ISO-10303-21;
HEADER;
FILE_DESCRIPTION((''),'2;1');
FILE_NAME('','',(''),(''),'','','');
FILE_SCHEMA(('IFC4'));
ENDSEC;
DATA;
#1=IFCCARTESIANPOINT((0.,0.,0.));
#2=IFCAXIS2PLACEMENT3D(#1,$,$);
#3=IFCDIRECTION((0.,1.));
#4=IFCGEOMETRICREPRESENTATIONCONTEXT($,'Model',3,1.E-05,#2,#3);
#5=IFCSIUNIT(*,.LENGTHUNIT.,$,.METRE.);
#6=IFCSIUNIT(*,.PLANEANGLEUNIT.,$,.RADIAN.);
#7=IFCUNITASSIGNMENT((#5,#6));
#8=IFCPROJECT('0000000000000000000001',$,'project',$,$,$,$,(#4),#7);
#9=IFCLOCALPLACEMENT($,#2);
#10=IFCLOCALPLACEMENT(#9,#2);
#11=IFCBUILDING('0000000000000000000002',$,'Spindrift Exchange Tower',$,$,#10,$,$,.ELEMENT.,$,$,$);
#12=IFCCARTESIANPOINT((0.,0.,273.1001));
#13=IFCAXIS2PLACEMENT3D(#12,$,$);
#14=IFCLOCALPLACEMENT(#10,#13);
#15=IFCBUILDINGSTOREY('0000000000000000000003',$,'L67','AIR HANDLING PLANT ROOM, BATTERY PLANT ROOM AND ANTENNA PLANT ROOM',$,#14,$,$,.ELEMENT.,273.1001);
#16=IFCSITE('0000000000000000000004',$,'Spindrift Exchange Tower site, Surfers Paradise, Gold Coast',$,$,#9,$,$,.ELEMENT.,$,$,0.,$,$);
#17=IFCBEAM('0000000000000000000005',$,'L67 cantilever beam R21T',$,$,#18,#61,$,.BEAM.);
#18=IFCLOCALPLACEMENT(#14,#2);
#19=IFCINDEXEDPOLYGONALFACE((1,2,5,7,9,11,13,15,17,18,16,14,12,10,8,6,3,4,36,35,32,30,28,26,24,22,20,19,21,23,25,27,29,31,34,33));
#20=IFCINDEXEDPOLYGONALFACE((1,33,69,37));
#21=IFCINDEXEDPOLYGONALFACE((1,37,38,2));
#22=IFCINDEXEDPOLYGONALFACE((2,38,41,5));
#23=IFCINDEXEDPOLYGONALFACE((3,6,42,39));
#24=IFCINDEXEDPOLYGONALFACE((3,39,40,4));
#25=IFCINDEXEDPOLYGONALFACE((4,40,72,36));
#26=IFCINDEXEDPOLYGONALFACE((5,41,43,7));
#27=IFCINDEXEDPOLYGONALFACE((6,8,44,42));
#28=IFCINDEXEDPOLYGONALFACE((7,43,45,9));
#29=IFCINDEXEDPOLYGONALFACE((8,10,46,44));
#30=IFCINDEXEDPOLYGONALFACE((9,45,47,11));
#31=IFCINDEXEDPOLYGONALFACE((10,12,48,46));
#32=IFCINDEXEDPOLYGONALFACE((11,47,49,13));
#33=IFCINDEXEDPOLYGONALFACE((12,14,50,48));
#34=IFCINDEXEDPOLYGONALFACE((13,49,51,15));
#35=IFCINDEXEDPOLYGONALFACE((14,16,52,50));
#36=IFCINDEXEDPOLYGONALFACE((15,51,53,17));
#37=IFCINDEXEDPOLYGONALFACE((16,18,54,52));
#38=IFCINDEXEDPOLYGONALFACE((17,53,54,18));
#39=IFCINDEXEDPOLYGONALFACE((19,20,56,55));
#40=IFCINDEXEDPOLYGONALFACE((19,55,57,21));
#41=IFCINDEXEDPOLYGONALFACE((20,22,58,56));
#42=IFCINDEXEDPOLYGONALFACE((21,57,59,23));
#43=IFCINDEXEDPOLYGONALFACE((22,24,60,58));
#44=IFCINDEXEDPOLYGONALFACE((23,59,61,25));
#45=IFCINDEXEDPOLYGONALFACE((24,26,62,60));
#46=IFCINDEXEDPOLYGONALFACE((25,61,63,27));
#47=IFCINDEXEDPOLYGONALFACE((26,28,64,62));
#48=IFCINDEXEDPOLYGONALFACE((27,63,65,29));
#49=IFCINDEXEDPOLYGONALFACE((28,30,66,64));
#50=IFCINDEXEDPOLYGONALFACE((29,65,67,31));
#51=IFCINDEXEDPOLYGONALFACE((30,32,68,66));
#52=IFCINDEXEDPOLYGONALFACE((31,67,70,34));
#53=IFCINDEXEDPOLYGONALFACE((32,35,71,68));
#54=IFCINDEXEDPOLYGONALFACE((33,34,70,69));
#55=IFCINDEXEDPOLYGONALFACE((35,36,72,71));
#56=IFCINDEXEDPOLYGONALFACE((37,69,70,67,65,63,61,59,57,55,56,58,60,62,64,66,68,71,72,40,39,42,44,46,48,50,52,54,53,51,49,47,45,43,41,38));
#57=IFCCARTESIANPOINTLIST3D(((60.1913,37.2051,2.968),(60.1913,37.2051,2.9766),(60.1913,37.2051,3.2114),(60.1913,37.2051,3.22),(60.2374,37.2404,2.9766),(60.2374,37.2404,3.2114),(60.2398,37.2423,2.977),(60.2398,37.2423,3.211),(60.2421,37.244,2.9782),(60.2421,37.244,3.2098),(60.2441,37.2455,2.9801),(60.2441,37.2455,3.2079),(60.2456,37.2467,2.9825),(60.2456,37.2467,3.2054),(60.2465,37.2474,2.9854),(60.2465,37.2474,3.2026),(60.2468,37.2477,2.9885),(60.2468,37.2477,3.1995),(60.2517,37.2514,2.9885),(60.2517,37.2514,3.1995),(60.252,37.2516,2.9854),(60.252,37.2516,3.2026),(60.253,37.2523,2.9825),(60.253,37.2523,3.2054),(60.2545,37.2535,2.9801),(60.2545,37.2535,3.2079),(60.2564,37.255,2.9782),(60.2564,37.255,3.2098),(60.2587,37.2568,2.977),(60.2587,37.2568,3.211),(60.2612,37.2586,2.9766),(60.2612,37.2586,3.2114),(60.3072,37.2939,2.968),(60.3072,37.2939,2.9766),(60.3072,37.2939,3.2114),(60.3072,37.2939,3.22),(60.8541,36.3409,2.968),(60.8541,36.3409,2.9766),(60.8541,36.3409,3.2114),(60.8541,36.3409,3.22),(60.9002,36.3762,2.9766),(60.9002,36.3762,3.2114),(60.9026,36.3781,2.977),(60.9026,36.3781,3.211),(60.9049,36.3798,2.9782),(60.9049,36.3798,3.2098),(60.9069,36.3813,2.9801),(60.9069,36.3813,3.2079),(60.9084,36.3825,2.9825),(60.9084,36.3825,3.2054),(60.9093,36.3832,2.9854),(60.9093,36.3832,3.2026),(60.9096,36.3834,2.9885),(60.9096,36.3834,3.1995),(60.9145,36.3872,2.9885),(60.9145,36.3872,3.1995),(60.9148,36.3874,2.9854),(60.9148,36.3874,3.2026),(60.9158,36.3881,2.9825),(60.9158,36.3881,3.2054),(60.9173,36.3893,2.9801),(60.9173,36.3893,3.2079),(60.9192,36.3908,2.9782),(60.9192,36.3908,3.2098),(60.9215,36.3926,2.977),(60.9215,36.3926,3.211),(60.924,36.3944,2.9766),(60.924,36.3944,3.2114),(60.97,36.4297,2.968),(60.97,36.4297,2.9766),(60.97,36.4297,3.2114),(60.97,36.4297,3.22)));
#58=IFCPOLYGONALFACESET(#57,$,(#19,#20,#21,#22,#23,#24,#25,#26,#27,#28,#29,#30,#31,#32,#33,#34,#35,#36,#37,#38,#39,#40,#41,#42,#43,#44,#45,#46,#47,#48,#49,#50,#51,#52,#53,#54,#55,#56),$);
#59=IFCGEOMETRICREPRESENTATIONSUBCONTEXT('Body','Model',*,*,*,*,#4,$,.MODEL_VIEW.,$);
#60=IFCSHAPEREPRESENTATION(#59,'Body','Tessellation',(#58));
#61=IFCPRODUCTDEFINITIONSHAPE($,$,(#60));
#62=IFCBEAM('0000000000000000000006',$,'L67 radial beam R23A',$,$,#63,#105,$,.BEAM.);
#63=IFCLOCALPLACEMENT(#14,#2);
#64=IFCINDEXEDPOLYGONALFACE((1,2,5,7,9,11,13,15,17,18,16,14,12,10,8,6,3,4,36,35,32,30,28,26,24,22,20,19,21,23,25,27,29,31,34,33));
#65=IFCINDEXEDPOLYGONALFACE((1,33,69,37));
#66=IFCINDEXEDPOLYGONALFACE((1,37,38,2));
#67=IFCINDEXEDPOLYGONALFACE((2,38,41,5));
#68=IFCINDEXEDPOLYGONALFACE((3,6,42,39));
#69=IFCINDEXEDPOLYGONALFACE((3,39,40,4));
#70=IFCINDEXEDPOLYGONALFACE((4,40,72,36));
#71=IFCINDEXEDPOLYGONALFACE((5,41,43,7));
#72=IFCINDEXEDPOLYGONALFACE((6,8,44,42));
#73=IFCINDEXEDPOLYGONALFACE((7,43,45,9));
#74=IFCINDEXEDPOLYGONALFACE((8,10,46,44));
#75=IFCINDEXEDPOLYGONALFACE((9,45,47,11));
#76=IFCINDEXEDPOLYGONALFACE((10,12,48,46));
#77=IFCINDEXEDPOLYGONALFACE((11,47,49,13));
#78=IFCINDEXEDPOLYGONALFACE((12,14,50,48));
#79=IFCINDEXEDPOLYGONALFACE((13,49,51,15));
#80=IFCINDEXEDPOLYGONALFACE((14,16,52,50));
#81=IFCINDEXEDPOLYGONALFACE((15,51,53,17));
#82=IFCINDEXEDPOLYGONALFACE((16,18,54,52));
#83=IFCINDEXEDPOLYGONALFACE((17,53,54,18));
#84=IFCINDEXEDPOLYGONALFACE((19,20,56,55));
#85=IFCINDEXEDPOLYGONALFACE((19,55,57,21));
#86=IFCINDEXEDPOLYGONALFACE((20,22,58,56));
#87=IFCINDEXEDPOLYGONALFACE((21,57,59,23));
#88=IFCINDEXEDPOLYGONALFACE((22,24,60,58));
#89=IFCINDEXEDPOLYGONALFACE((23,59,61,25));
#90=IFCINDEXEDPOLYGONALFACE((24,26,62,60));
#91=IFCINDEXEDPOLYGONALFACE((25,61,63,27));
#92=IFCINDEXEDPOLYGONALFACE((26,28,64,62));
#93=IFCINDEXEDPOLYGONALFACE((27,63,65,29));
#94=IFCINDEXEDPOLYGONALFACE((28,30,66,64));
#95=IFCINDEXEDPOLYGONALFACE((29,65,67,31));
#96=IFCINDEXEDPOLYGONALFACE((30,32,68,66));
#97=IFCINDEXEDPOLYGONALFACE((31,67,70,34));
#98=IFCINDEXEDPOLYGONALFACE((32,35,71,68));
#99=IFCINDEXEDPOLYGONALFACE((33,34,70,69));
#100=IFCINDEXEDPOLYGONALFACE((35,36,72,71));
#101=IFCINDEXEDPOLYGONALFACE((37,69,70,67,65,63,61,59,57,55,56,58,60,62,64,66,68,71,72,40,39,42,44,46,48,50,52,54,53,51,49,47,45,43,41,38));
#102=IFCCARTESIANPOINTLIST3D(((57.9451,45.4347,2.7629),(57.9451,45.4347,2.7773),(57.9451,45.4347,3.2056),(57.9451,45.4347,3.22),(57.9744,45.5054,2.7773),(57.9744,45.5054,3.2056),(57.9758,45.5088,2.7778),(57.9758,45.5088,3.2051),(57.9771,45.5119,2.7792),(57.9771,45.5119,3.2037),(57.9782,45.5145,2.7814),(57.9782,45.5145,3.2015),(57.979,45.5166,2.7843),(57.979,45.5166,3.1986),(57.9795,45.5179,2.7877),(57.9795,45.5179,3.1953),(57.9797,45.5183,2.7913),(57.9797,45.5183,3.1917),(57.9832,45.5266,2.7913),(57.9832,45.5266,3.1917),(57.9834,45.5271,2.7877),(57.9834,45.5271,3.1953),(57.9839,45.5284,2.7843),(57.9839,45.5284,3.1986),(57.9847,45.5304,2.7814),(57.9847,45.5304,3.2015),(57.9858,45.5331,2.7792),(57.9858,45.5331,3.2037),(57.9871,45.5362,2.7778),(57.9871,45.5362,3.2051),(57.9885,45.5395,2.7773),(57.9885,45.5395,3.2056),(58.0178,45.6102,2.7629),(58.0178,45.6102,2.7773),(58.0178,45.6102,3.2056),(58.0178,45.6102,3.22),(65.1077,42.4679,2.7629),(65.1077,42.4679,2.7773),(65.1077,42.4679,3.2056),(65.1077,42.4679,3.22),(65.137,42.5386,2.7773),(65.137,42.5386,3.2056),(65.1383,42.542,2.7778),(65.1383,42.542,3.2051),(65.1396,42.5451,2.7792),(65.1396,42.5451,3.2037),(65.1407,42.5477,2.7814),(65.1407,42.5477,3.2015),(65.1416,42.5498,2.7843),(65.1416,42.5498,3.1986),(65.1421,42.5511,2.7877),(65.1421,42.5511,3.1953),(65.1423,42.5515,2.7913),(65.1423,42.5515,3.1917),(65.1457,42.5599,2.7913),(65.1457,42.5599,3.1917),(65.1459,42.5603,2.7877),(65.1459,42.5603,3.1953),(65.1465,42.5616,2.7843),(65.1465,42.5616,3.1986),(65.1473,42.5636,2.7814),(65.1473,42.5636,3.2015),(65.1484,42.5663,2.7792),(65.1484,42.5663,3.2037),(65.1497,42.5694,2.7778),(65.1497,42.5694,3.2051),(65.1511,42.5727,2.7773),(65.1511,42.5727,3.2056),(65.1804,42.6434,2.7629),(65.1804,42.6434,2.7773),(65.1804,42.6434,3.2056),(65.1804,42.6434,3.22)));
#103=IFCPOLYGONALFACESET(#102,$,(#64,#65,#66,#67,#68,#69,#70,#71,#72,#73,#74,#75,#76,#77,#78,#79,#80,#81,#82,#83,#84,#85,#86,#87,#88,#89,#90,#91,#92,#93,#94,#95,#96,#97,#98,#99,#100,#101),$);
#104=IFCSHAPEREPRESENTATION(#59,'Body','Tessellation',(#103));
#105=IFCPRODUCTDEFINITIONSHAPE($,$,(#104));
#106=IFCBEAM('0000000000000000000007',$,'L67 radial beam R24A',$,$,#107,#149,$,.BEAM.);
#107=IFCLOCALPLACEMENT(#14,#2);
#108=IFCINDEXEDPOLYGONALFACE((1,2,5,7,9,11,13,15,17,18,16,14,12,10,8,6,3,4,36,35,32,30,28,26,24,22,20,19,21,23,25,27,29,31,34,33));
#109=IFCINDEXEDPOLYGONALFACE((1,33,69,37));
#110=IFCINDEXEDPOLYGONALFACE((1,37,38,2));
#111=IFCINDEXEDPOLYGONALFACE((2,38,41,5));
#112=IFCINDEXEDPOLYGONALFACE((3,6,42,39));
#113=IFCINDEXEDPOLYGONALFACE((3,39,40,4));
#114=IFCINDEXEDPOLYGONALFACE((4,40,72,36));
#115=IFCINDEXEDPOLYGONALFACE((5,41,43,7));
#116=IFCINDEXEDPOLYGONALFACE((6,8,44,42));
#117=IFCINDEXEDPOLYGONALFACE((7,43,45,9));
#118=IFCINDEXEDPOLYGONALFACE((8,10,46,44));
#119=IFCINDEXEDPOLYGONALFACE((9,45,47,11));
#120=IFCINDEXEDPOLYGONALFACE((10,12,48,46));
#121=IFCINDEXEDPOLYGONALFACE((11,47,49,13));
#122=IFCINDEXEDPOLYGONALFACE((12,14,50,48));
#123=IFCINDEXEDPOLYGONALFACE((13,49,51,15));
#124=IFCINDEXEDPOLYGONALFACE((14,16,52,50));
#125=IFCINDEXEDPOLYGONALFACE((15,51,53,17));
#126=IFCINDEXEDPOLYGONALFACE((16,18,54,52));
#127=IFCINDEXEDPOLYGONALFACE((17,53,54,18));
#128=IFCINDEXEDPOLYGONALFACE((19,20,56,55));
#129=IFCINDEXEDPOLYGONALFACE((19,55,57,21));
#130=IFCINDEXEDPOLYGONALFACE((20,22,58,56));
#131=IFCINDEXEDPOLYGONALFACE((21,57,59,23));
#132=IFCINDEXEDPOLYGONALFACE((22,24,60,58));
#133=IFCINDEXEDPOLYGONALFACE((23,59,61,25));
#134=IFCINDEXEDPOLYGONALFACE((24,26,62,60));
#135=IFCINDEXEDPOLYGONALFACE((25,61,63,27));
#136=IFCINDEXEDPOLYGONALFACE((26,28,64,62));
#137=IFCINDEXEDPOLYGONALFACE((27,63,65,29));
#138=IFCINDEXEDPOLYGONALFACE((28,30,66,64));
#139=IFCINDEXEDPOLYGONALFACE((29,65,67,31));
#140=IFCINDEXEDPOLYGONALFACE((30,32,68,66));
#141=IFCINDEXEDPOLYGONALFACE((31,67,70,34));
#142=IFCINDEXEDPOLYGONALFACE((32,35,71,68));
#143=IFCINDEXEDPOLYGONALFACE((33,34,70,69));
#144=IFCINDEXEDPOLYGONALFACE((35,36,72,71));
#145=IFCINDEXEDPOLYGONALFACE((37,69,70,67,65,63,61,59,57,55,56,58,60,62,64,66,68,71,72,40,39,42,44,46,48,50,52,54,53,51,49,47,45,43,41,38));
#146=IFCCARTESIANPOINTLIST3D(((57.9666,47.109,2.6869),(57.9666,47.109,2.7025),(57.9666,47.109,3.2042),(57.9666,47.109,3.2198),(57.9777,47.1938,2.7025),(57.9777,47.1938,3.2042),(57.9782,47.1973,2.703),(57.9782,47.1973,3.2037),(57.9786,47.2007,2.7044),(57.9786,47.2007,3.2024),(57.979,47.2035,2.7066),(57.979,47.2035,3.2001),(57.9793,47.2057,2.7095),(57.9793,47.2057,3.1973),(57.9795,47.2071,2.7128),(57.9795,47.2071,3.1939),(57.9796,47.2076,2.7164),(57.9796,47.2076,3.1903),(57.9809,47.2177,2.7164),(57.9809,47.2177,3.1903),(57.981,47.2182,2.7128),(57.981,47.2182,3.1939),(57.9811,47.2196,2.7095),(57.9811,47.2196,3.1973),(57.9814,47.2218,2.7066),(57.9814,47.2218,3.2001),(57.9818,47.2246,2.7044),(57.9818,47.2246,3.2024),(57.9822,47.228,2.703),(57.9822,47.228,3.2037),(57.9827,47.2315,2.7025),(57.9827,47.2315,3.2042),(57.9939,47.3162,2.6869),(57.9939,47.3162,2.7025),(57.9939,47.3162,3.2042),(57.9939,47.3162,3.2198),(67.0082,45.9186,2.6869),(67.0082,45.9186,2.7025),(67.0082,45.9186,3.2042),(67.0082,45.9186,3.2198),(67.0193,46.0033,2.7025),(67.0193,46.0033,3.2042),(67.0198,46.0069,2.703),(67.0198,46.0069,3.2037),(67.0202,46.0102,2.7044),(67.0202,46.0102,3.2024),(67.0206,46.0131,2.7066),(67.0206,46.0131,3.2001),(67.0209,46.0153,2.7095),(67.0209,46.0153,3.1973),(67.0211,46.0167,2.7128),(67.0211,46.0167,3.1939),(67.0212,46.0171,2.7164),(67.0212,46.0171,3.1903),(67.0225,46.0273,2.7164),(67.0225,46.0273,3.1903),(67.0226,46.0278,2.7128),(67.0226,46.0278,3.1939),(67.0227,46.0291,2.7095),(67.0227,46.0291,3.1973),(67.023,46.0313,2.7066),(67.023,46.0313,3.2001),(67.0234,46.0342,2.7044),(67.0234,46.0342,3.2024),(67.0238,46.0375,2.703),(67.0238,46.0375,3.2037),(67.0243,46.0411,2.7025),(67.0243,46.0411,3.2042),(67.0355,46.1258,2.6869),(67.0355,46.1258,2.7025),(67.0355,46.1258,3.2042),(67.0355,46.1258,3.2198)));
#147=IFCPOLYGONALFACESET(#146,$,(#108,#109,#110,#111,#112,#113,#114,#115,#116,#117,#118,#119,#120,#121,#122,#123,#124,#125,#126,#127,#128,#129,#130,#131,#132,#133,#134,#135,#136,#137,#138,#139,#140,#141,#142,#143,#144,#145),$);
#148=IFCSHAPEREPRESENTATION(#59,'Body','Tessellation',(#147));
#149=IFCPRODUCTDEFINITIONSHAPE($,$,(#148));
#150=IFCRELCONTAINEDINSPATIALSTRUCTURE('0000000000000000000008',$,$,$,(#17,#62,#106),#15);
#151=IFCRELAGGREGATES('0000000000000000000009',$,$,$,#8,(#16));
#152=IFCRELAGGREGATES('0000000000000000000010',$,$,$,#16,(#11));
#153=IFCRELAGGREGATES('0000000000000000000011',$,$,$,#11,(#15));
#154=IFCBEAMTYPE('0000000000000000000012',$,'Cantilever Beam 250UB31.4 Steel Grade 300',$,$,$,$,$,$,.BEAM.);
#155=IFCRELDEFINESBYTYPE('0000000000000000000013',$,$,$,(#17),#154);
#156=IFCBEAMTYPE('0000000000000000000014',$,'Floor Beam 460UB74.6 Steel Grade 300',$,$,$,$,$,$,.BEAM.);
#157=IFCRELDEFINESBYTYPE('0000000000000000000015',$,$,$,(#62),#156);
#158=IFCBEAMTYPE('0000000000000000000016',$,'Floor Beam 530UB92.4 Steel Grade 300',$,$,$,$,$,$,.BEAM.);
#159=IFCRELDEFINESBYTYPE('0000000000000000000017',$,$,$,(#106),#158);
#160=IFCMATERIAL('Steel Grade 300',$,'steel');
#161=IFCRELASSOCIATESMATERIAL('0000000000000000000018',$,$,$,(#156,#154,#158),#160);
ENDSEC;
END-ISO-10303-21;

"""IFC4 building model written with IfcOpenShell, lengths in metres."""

from ifc_helpers import new_model, si_unit, direction, frame, origin, origin_2d, place, context, subcontext, project, spatial, i_section, extrude, source, transform, mapped, material, material_profile, profile_set, type_object, element, save


model = new_model("IFC4")

# Units and contexts
model_context = context("Model", 3, precision=1e-05, world=origin(), true_north=direction((0.0, 1.0)))
body_context = subcontext(model_context, "Body", "Model", "MODEL_VIEW")
ifc_project = project(units=[si_unit("LENGTHUNIT", "METRE"), si_unit("PLANEANGLEUNIT", "RADIAN")], contexts=[model_context])

# Site, building, storey
site_placement = place(None, origin())
site = spatial("IfcSite", under=ifc_project, at=site_placement, Name="Spindrift Exchange Tower site, Surfers Paradise, Gold Coast", CompositionType="ELEMENT", RefElevation=0.0)
building_placement = place(site_placement, origin())
building = spatial("IfcBuilding", under=site, at=building_placement, Name="Spindrift Exchange Tower", CompositionType="ELEMENT")
storey_placement = place(building_placement, frame((0.0, 0.0, 273.1001)))
storey = spatial("IfcBuildingStorey", under=building, at=storey_placement, Name="L67", Description="AIR HANDLING PLANT ROOM, BATTERY PLANT ROOM AND ANTENNA PLANT ROOM", CompositionType="ELEMENT", Elevation=273.1001)

# Beams
ifc_material_1 = material(Name="Steel Grade 300", Category="steel")
ifc_material_profile_1 = material_profile(ifc_material_1, i_section(OverallWidth=0.1899, OverallDepth=0.457, WebThickness=0.009, FlangeThickness=0.0144, FilletRadius=0.0139, at=origin_2d()), Name="460UB74.6")
ifc_profile_set_1 = profile_set([ifc_material_profile_1], Name="Steel Grade 300")
beam_type_1 = type_object("IfcBeamType", Name="Floor Beam 460UB74.6 Steel Grade 300", PredefinedType="BEAM", material=ifc_profile_set_1)
ifc_material_profile_2 = material_profile(ifc_material_1, i_section(OverallWidth=0.146, OverallDepth=0.252, WebThickness=0.0061, FlangeThickness=0.0085, FilletRadius=0.012, at=origin_2d()), Name="250UB31.4")
ifc_profile_set_2 = profile_set([ifc_material_profile_2], Name="Steel Grade 300")
beam_type_2 = type_object("IfcBeamType", Name="Cantilever Beam 250UB31.4 Steel Grade 300", PredefinedType="BEAM", material=ifc_profile_set_2)
shared_shape_1 = source(origin(), body_context, "Body", "SweptSolid", [
    extrude(i_section(OverallWidth=0.146, OverallDepth=0.252, WebThickness=0.0061, FlangeThickness=0.0085, FilletRadius=0.012, at=origin_2d()), origin(), (0.0, 0.0, 1.0), 1.0891),
])
beam_1_placement = place(storey_placement, frame((60.2493, 37.2495, 3.094), z_axis=(0.608573, -0.793498, 0.0), x_axis=(0.793498, 0.608573, 0.0)))
element("IfcBeam", 1, at=beam_1_placement, inside=storey, type_object=beam_type_2, Name="L67 cantilever beam R21T", PredefinedType="BEAM", context=body_context, shape_type="MappedRepresentation", body=[
    mapped(shared_shape_1, transform((0.0, 0.0, 0.0), scale=1.0)),
])
shared_shape_2 = source(origin(), body_context, "Body", "SweptSolid", [
    extrude(i_section(OverallWidth=0.1899, OverallDepth=0.457, WebThickness=0.009, FlangeThickness=0.0144, FilletRadius=0.0139, at=origin_2d()), origin(), (0.0, 0.0, 1.0), 7.7527),
])
beam_2_placement = place(storey_placement, frame((57.9814, 45.5225, 2.9915), z_axis=(0.923882, -0.382678, 0.0), x_axis=(0.382678, 0.923882, 0.0)))
element("IfcBeam", 2, at=beam_2_placement, inside=storey, type_object=beam_type_1, Name="L67 radial beam R23A", PredefinedType="BEAM", context=body_context, shape_type="MappedRepresentation", body=[
    mapped(shared_shape_2, transform((0.0, 0.0, 0.0), scale=1.0)),
])
ifc_material_profile_3 = material_profile(ifc_material_1, i_section(OverallWidth=0.209, OverallDepth=0.533, WebThickness=0.0103, FlangeThickness=0.0156, FilletRadius=0.0139, at=origin_2d()), Name="530UB92.4")
ifc_profile_set_3 = profile_set([ifc_material_profile_3], Name="Steel Grade 300")
beam_type_3 = type_object("IfcBeamType", Name="Floor Beam 530UB92.4 Steel Grade 300", PredefinedType="BEAM", material=ifc_profile_set_3)
shared_shape_3 = source(origin(), body_context, "Body", "SweptSolid", [
    extrude(i_section(OverallWidth=0.209, OverallDepth=0.533, WebThickness=0.0103, FlangeThickness=0.0156, FilletRadius=0.0139, at=origin_2d()), origin(), (0.0, 0.0, 1.0), 9.1196),
])
beam_3_placement = place(storey_placement, frame((57.9802, 47.2126, 2.9534), z_axis=(0.991444, -0.130536, 0.0), x_axis=(0.130536, 0.991444, 0.0)))
element("IfcBeam", 3, at=beam_3_placement, inside=storey, type_object=beam_type_3, Name="L67 radial beam R24A", PredefinedType="BEAM", context=body_context, shape_type="MappedRepresentation", body=[
    mapped(shared_shape_3, transform((0.0, 0.0, 0.0), scale=1.0)),
])

save(model, "model.ifc")
